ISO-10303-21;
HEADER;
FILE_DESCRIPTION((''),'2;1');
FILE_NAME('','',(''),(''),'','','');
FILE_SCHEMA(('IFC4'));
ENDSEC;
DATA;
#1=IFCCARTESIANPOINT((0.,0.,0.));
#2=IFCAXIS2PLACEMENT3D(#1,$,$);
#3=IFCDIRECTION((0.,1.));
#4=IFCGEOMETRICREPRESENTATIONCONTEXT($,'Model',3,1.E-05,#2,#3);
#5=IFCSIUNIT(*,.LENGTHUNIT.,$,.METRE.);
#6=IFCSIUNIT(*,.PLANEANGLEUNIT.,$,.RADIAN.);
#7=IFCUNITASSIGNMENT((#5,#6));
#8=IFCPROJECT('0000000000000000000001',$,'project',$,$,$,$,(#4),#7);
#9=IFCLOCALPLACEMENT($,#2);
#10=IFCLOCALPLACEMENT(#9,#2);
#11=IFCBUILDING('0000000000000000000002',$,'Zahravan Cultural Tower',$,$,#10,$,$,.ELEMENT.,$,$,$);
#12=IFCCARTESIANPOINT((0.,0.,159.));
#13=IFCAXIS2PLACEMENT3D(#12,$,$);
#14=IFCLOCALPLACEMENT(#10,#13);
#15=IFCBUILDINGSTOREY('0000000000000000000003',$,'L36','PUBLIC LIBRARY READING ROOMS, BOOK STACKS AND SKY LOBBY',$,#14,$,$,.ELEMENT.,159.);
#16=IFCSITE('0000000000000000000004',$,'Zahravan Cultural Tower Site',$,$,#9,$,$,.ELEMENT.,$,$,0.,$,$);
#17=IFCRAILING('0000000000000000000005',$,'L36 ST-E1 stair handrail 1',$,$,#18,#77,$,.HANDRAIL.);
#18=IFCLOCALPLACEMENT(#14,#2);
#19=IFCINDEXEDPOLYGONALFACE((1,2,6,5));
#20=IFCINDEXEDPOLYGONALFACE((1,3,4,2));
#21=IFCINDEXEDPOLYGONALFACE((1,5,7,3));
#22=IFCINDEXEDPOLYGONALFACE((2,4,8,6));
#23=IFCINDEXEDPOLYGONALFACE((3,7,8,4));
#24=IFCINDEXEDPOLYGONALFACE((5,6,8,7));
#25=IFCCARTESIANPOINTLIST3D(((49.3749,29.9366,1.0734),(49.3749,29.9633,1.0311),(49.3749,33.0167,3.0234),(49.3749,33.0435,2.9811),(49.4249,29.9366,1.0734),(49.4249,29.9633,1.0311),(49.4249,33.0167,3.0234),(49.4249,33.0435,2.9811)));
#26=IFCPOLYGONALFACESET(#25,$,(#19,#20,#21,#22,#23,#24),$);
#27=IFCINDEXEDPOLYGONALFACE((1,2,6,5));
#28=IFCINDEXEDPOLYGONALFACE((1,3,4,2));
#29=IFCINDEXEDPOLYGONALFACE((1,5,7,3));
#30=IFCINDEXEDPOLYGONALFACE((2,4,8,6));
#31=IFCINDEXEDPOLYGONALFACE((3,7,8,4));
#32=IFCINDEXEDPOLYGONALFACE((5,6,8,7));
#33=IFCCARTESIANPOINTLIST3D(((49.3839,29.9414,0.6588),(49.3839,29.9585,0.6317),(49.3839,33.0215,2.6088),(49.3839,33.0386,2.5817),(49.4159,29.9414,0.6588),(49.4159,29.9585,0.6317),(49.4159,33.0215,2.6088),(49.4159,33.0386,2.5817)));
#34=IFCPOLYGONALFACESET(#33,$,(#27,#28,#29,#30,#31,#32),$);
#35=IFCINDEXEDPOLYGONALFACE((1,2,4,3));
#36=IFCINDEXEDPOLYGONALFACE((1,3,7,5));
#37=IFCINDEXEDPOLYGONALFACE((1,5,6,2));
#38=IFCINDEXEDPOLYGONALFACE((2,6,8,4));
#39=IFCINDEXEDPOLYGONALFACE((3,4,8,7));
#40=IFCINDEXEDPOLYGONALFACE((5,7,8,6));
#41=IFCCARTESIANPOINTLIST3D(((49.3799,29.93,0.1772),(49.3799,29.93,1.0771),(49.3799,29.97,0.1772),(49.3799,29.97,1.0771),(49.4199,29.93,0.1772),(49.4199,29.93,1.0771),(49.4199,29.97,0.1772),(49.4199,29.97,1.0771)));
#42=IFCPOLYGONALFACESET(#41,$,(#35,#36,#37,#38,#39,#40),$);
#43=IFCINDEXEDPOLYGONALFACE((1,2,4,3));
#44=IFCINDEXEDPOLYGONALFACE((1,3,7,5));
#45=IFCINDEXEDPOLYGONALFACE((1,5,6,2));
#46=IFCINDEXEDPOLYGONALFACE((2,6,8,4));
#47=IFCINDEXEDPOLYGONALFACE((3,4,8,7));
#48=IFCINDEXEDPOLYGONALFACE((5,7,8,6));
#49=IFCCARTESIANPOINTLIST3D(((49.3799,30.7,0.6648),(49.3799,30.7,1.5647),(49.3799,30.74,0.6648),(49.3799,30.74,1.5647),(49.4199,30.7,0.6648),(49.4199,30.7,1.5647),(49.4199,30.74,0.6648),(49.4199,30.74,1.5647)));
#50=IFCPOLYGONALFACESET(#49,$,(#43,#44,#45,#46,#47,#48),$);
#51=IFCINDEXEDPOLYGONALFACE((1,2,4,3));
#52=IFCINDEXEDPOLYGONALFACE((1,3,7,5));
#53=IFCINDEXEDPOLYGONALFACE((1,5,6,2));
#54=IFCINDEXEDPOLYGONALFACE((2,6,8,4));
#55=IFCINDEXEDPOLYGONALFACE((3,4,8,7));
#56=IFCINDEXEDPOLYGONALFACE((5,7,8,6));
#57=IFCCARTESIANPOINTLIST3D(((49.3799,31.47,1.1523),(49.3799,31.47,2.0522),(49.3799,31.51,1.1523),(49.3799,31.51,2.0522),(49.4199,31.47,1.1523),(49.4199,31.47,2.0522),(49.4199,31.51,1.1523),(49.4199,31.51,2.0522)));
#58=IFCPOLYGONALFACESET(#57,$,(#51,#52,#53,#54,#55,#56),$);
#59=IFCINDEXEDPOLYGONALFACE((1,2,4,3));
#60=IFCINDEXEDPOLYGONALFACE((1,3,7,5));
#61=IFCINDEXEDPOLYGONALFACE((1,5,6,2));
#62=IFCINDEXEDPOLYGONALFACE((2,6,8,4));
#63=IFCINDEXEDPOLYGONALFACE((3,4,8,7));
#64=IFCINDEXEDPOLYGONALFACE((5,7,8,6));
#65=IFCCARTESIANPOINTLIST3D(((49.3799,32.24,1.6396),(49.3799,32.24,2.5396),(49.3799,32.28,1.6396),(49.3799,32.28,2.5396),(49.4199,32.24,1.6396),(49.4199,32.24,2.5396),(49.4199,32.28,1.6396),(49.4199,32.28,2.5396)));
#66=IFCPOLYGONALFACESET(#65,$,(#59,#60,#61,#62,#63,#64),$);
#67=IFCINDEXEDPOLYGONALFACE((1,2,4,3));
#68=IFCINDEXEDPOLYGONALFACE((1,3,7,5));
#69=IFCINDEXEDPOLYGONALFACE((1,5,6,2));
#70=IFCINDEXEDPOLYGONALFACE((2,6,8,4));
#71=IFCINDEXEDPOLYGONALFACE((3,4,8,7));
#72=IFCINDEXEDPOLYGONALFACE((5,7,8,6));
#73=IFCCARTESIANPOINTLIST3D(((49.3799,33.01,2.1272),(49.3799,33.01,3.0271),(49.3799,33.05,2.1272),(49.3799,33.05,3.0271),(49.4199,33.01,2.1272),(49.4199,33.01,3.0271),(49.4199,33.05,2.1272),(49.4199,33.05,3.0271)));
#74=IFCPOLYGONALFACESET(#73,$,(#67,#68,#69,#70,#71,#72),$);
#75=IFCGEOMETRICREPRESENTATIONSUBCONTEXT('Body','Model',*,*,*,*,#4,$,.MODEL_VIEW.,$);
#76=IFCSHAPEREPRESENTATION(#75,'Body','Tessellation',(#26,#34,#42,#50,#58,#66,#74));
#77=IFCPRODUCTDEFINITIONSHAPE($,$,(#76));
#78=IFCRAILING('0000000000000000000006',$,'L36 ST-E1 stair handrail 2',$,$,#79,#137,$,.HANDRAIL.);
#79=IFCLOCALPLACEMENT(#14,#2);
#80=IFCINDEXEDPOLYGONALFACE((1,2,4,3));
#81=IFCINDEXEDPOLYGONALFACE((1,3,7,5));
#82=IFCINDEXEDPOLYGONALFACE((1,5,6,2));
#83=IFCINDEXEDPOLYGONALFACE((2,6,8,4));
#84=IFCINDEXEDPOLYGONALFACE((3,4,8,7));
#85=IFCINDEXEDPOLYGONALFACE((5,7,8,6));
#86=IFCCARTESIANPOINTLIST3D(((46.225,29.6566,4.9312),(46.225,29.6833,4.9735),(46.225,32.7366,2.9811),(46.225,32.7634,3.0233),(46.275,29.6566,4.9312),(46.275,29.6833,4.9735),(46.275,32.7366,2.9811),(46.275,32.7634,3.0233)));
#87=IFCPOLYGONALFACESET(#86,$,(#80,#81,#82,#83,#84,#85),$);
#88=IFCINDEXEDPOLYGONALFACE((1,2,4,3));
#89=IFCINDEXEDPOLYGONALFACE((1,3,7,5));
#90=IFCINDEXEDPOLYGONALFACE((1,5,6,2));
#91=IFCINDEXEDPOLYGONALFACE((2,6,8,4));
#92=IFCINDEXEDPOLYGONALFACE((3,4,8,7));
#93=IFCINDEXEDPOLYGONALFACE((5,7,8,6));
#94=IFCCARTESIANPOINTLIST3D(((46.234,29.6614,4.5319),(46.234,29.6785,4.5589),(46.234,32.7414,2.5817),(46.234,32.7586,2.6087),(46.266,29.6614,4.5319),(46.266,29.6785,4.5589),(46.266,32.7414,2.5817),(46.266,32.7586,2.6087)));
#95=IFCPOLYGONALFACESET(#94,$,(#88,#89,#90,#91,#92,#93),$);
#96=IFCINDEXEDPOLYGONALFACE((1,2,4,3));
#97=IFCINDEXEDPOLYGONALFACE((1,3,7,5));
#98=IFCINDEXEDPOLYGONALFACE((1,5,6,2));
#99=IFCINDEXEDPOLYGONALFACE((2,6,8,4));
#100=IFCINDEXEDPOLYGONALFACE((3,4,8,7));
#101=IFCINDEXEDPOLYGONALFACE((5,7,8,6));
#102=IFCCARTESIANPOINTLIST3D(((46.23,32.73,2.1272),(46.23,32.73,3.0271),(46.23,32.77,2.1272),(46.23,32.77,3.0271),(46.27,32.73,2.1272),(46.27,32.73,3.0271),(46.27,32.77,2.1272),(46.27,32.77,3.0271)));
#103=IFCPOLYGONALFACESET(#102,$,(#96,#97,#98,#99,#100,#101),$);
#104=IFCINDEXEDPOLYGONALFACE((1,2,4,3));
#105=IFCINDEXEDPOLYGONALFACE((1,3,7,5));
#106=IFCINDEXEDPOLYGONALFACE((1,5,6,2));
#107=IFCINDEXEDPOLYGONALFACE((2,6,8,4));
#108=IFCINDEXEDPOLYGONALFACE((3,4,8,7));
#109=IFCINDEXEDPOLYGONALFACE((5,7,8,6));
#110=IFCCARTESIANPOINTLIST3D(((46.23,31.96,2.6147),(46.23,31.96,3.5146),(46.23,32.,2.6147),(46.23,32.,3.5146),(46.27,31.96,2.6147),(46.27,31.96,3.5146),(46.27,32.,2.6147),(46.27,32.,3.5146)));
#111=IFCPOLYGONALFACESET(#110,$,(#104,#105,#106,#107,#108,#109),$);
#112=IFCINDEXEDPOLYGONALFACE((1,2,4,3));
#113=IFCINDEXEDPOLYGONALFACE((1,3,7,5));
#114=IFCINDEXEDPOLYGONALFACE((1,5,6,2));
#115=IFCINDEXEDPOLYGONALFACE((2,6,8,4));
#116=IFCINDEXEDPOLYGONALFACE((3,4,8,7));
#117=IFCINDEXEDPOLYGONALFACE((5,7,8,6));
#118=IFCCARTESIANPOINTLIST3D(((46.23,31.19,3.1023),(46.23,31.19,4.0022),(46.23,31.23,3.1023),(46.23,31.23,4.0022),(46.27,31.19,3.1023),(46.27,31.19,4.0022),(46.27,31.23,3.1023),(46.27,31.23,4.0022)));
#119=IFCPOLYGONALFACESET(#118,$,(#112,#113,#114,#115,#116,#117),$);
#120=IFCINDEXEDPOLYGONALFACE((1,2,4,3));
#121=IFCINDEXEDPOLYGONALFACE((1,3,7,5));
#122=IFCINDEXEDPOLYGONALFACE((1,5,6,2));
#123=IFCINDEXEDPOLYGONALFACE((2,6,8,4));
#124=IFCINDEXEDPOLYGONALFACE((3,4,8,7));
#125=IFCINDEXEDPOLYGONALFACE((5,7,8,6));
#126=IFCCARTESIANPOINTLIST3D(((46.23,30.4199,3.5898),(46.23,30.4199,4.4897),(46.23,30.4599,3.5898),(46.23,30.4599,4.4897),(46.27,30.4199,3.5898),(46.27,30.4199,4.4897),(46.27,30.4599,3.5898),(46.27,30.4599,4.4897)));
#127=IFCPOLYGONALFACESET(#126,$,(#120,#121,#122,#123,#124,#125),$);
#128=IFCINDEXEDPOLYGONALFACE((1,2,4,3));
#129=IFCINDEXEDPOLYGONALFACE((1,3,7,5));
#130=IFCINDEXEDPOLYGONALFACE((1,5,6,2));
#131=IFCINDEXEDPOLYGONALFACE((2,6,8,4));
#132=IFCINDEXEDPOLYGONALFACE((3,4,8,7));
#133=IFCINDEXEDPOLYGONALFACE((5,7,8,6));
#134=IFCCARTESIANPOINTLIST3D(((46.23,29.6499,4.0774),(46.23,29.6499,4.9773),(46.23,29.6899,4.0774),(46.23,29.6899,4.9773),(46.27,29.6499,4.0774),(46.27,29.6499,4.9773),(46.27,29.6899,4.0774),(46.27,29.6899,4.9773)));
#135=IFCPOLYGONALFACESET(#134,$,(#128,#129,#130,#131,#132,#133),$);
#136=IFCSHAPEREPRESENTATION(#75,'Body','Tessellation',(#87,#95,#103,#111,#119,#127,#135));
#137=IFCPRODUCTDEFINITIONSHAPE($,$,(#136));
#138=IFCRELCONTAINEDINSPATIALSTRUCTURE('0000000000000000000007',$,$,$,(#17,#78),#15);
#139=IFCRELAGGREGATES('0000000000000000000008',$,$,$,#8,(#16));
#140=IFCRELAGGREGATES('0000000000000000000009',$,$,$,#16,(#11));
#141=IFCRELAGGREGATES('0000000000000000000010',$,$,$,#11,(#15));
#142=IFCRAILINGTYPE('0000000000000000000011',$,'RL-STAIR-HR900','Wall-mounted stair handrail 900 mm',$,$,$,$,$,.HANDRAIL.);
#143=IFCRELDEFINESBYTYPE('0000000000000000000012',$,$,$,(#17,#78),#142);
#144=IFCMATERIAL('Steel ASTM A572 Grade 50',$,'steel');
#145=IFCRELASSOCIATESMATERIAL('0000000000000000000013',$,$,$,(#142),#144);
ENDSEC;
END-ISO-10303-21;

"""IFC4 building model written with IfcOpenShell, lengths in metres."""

from ifc_helpers import new_model, si_unit, direction, frame, origin, origin_2d, place, context, subcontext, project, spatial, rectangle, extrude, material, type_object, element, save


model = new_model("IFC4")

# Units and contexts
model_context = context("Model", 3, precision=1e-05, world=origin(), true_north=direction((0.0, 1.0)))
body_context = subcontext(model_context, "Body", "Model", "MODEL_VIEW")
ifc_project = project(units=[si_unit("LENGTHUNIT", "METRE"), si_unit("PLANEANGLEUNIT", "RADIAN")], contexts=[model_context])

# Site, building, storey
site_placement = place(None, origin())
site = spatial("IfcSite", under=ifc_project, at=site_placement, Name="Zahravan Cultural Tower Site", CompositionType="ELEMENT", RefElevation=0.0)
building_placement = place(site_placement, origin())
building = spatial("IfcBuilding", under=site, at=building_placement, Name="Zahravan Cultural Tower", CompositionType="ELEMENT")
storey_placement = place(building_placement, frame((0.0, 0.0, 159.0)))
storey = spatial("IfcBuildingStorey", under=building, at=storey_placement, Name="L36", Description="PUBLIC LIBRARY READING ROOMS, BOOK STACKS AND SKY LOBBY", CompositionType="ELEMENT", Elevation=159.0)

# Shared definitions
ifc_material_1 = material(Name="Steel ASTM A572 Grade 50", Category="steel")

# Railings
railing_type_1 = type_object("IfcRailingType", Name="RL-STAIR-HR900", Description="Wall-mounted stair handrail 900 mm", PredefinedType="HANDRAIL", material=ifc_material_1)
railing_1_placement = place(storey_placement, frame((49.3999, 29.95, 0.1772)))
element("IfcRailing", 1, at=railing_1_placement, inside=storey, type_object=railing_type_1, Name="L36 ST-E1 stair handrail 1", PredefinedType="HANDRAIL", context=body_context, shape_type="SweptSolid", body=[
    extrude(rectangle(XDim=0.05, YDim=0.05, at=origin_2d()), frame((0.0, 0.0, 0.875), z_axis=(0.0, 0.844914, 0.534902), x_axis=(-1.0, 0.0, 0.0)), (0.0, 0.0, 1.0), 3.6455),
    extrude(rectangle(XDim=0.032, YDim=0.032, at=origin_2d()), frame((0.0, 0.0, 0.468), z_axis=(0.0, 0.844914, 0.534902), x_axis=(-1.0, 0.0, 0.0)), (0.0, 0.0, 1.0), 3.6455),
    extrude(rectangle(XDim=0.04, YDim=0.04, at=origin_2d()), origin(), (0.0, 0.0, 1.0), 0.8999),
    extrude(rectangle(XDim=0.04, YDim=0.04, at=origin_2d()), frame((0.0, 0.77, 0.4875)), (0.0, 0.0, 1.0), 0.8999),
    extrude(rectangle(XDim=0.04, YDim=0.04, at=origin_2d()), frame((0.0, 1.54, 0.9751)), (0.0, 0.0, 1.0), 0.8999),
    extrude(rectangle(XDim=0.04, YDim=0.04, at=origin_2d()), frame((0.0, 2.3101, 1.4624)), (0.0, 0.0, 1.0), 0.8999),
    extrude(rectangle(XDim=0.04, YDim=0.04, at=origin_2d()), frame((0.0, 3.0801, 1.95)), (0.0, 0.0, 1.0), 0.8999),
])
railing_2_placement = place(storey_placement, frame((46.25, 32.75, 2.1272)))
element("IfcRailing", 2, at=railing_2_placement, inside=storey, type_object=railing_type_1, Name="L36 ST-E1 stair handrail 2", PredefinedType="HANDRAIL", context=body_context, shape_type="SweptSolid", body=[
    extrude(rectangle(XDim=0.05, YDim=0.05, at=origin_2d()), frame((0.0, 0.0, 0.875), z_axis=(0.0, -0.844884, 0.53495), x_axis=(1.0, 0.0, 0.0)), (0.0, 0.0, 1.0), 3.6455),
    extrude(rectangle(XDim=0.032, YDim=0.032, at=origin_2d()), frame((0.0, 0.0, 0.468), z_axis=(0.0, -0.844884, 0.53495), x_axis=(1.0, 0.0, 0.0)), (0.0, 0.0, 1.0), 3.6455),
    extrude(rectangle(XDim=0.04, YDim=0.04, at=origin_2d()), origin(), (0.0, 0.0, 1.0), 0.8999),
    extrude(rectangle(XDim=0.04, YDim=0.04, at=origin_2d()), frame((0.0, -0.77, 0.4875)), (0.0, 0.0, 1.0), 0.8999),
    extrude(rectangle(XDim=0.04, YDim=0.04, at=origin_2d()), frame((0.0, -1.54, 0.9751)), (0.0, 0.0, 1.0), 0.8999),
    extrude(rectangle(XDim=0.04, YDim=0.04, at=origin_2d()), frame((0.0, -2.3101, 1.4626)), (0.0, 0.0, 1.0), 0.8999),
    extrude(rectangle(XDim=0.04, YDim=0.04, at=origin_2d()), frame((0.0, -3.0801, 1.9502)), (0.0, 0.0, 1.0), 0.8999),
])

save(model, "model.ifc")
